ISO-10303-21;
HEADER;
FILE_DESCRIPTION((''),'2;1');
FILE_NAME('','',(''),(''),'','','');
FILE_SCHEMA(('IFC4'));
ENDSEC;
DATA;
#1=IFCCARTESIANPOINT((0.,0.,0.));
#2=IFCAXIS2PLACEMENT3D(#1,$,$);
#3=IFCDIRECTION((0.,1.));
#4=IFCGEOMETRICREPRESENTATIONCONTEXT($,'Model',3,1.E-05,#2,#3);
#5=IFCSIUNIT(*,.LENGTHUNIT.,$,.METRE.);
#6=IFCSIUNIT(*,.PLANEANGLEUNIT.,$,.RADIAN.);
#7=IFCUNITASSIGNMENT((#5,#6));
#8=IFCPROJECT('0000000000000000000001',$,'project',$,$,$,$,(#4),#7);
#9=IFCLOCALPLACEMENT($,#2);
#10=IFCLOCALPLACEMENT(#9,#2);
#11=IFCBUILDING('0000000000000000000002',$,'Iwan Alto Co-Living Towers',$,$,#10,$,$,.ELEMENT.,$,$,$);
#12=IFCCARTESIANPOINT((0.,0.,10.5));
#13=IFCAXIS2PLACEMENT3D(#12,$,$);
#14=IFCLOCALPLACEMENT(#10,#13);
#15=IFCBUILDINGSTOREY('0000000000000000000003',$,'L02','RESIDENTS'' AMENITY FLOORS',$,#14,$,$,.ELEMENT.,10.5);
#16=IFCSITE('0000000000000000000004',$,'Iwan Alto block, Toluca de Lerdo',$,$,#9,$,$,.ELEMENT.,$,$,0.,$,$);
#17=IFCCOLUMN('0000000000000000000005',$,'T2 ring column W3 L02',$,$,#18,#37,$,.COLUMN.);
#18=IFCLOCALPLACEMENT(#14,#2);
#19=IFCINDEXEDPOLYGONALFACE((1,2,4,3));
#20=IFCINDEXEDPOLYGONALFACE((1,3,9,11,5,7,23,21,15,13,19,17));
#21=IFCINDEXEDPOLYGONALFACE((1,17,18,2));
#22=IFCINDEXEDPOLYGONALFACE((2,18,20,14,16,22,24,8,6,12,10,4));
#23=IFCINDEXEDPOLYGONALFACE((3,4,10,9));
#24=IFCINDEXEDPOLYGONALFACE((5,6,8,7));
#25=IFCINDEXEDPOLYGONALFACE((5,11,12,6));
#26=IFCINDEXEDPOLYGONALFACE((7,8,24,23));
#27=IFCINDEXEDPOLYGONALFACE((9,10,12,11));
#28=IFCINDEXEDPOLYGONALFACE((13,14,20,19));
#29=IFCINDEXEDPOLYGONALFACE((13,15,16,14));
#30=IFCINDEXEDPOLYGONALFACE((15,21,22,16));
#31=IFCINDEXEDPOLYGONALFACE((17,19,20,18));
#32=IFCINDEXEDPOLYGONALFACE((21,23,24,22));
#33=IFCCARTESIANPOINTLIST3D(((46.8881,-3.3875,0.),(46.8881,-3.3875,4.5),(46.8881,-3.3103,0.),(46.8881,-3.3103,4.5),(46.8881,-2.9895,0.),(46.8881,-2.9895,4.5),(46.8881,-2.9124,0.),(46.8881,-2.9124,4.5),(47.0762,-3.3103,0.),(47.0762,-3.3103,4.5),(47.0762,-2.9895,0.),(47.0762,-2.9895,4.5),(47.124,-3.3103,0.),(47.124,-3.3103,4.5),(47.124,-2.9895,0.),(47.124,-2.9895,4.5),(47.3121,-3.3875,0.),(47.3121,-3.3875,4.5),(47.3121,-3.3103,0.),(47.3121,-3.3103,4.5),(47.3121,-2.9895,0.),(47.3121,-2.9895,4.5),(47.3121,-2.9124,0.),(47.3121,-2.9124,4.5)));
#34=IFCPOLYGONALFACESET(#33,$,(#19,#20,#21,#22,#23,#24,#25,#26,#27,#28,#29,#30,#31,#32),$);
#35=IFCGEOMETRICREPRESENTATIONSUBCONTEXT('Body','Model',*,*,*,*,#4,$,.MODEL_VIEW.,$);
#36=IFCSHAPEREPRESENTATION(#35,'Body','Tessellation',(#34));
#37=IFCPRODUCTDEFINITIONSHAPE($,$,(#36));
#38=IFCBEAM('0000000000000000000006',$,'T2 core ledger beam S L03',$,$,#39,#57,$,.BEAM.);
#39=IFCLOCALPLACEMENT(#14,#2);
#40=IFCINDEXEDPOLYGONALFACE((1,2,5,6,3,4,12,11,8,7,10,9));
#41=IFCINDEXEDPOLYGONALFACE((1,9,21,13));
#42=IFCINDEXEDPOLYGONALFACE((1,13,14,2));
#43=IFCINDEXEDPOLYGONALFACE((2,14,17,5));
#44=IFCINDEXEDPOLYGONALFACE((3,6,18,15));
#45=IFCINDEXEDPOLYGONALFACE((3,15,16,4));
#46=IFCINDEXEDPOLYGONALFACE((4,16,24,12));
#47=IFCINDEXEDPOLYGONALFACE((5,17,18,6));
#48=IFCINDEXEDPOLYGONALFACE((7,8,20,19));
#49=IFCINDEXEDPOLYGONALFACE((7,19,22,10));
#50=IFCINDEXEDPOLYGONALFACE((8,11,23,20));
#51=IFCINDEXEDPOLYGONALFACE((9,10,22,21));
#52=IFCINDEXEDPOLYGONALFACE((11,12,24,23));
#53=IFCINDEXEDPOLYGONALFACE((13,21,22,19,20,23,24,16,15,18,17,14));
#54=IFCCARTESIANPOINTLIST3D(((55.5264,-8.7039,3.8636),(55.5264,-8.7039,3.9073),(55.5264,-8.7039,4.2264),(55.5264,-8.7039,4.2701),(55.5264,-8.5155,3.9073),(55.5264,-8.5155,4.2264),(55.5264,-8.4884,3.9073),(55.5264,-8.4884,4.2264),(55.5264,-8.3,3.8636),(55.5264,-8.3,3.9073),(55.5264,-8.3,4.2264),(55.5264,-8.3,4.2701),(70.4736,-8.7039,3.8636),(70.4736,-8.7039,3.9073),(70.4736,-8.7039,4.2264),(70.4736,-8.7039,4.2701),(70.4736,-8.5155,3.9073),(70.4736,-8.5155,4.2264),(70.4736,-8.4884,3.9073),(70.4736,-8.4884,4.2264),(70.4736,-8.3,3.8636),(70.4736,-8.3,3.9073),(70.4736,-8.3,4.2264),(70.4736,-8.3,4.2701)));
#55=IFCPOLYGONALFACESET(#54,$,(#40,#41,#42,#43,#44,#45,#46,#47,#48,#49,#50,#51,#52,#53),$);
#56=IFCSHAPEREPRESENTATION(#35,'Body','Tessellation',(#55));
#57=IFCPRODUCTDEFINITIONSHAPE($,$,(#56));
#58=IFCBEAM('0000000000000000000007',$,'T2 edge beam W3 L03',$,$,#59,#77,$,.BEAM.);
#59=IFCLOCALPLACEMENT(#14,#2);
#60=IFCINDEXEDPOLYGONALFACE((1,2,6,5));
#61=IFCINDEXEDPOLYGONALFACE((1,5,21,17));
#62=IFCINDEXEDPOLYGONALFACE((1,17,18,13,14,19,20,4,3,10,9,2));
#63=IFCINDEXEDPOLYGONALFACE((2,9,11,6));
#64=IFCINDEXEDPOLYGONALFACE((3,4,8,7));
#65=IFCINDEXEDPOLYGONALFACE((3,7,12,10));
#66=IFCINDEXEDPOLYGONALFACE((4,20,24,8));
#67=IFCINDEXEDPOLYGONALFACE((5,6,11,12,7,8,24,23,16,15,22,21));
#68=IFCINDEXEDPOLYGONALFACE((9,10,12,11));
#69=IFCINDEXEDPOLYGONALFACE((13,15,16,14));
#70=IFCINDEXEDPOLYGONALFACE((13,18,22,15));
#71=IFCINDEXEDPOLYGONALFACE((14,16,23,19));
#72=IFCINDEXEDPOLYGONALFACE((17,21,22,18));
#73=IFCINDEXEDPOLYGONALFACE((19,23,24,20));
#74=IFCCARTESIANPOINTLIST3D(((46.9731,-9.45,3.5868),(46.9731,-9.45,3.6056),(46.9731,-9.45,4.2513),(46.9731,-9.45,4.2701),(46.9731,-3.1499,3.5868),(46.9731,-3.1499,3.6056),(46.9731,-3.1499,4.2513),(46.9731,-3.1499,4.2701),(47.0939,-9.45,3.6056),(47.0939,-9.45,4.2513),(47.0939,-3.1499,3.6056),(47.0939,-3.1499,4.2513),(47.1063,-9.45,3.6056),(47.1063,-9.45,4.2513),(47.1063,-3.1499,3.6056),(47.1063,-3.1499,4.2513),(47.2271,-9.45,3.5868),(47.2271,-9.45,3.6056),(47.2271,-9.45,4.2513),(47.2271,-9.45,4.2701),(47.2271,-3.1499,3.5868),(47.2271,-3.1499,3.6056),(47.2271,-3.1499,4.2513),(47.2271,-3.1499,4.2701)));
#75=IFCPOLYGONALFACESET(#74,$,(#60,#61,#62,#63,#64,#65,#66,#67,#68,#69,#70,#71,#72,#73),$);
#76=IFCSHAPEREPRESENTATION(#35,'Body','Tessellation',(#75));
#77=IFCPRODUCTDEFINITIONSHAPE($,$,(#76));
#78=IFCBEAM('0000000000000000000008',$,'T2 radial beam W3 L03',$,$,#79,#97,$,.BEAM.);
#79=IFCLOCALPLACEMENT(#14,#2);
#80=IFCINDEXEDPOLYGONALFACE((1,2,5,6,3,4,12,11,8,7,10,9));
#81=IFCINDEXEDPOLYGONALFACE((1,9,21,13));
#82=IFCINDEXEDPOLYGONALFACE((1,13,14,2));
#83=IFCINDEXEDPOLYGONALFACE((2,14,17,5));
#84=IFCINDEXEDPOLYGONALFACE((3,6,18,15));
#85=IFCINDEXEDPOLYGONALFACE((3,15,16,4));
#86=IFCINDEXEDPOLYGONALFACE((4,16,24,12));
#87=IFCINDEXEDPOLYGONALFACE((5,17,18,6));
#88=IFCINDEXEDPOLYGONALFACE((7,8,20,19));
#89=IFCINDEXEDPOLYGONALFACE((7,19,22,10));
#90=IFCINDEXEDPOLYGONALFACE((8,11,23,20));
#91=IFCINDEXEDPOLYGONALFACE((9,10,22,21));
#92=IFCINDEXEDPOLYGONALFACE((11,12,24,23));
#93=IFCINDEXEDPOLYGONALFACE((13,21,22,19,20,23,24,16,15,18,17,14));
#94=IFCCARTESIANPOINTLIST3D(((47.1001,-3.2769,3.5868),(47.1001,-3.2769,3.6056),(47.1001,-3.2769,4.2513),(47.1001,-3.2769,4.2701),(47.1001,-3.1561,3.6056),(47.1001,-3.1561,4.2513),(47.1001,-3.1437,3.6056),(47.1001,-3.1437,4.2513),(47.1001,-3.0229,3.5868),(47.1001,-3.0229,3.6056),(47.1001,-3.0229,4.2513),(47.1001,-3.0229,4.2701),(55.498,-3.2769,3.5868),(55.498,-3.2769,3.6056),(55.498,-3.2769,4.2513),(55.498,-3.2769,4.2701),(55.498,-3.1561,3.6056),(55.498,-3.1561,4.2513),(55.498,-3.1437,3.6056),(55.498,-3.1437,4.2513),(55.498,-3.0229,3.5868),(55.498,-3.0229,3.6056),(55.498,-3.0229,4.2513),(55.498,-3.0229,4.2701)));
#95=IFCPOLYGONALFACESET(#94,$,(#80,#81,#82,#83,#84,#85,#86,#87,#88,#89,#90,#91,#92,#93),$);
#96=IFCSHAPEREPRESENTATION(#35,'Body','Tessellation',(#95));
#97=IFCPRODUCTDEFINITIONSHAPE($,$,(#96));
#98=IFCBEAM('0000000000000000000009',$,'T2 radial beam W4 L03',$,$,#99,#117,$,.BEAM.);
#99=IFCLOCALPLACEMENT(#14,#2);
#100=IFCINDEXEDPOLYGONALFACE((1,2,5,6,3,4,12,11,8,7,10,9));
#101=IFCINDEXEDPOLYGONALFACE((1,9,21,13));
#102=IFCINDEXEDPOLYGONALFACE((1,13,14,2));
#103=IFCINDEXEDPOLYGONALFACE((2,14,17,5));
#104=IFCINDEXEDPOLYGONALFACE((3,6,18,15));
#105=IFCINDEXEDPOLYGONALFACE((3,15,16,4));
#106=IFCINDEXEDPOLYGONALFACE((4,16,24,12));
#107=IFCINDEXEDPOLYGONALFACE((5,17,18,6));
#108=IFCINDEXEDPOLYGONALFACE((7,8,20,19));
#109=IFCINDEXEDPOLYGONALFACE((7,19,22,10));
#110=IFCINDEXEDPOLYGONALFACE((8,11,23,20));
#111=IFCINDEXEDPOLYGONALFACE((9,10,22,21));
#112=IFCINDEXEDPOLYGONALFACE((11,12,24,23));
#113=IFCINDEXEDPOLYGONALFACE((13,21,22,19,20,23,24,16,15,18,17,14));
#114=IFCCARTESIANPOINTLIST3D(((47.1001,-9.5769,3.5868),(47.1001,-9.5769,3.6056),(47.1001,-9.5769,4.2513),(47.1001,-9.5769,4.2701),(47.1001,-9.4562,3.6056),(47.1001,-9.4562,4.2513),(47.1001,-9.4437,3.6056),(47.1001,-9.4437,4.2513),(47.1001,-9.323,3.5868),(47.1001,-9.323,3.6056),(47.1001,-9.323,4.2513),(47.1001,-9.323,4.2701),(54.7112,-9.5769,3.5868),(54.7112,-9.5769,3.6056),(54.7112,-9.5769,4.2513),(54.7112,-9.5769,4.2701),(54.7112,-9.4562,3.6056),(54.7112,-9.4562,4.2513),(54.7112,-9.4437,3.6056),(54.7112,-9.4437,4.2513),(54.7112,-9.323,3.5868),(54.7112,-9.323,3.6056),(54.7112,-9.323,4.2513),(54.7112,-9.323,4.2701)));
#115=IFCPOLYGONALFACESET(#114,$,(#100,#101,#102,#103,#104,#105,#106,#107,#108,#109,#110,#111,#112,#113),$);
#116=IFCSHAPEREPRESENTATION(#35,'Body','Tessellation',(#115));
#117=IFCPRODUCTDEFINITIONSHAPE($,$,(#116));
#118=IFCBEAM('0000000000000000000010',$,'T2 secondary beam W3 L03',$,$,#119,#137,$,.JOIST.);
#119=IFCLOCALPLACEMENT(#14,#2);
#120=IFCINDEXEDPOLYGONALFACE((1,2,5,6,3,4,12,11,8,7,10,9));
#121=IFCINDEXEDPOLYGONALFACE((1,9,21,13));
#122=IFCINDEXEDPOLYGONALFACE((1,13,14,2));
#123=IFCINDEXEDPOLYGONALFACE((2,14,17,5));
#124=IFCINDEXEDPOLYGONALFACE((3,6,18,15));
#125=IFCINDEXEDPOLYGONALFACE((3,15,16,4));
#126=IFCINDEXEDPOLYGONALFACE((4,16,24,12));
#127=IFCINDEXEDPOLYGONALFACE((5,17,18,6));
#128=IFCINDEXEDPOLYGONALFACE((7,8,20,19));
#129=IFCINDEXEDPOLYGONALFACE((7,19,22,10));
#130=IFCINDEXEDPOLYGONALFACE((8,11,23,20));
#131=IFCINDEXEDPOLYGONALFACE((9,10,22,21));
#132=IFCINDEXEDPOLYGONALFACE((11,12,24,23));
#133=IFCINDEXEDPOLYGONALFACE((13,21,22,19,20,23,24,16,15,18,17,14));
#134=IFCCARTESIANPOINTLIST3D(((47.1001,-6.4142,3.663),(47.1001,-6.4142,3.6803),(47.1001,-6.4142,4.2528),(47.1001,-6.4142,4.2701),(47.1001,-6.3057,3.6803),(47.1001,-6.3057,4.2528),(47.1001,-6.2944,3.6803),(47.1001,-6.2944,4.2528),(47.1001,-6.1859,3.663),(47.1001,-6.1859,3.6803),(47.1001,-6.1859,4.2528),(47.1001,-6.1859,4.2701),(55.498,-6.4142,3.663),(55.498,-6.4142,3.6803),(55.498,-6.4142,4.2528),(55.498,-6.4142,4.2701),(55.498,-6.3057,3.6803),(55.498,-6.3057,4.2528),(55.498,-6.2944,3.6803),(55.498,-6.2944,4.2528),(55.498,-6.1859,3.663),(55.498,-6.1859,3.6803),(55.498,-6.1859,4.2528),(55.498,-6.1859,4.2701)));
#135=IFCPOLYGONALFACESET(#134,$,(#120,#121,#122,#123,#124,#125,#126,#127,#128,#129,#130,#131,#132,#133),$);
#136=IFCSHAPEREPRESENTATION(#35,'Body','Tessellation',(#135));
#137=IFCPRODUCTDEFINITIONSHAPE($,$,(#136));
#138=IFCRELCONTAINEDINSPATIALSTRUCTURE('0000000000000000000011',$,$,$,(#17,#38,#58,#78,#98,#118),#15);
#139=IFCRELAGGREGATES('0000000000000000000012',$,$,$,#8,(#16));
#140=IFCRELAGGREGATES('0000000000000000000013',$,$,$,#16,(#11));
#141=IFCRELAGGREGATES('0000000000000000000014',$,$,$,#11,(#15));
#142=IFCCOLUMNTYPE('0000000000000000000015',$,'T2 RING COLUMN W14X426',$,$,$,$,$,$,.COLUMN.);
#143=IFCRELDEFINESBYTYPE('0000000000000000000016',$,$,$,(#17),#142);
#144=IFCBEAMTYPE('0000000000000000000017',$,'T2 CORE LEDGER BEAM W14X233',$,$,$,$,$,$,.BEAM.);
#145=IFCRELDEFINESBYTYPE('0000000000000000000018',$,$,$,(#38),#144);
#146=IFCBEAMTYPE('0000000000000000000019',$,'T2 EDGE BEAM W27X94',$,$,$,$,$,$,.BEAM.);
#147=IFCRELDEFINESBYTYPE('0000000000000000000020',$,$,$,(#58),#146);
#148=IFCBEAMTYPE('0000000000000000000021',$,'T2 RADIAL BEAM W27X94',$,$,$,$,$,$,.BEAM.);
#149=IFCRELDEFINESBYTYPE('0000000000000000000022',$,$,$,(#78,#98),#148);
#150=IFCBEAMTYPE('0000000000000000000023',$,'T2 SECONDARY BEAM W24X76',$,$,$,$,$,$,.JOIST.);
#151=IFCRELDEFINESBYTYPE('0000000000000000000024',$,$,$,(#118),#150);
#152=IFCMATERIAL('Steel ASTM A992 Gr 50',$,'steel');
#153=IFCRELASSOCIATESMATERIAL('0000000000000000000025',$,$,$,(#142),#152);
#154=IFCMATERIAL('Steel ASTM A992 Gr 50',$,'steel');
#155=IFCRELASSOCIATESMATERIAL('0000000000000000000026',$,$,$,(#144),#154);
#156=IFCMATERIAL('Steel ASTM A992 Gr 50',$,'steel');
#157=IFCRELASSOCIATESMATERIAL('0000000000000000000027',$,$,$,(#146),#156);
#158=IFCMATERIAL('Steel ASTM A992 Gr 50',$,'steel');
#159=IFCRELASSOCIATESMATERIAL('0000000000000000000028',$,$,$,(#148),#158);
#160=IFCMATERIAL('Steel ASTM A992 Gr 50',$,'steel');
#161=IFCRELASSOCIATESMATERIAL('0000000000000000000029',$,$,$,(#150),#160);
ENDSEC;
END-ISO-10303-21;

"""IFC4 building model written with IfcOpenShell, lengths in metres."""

from ifc_helpers import new_model, si_unit, direction, frame, origin, origin_2d, place, context, subcontext, project, spatial, i_section, extrude, material, material_profile, profile_set, type_object, element, save


model = new_model("IFC4")

# Units and contexts
model_context = context("Model", 3, precision=1e-05, world=origin(), true_north=direction((0.0, 1.0)))
body_context = subcontext(model_context, "Body", "Model", "MODEL_VIEW")
ifc_project = project(units=[si_unit("LENGTHUNIT", "METRE"), si_unit("PLANEANGLEUNIT", "RADIAN")], contexts=[model_context])

# Site, building, storey
site_placement = place(None, origin())
site = spatial("IfcSite", under=ifc_project, at=site_placement, Name="Iwan Alto block, Toluca de Lerdo", CompositionType="ELEMENT", RefElevation=0.0)
building_placement = place(site_placement, origin())
building = spatial("IfcBuilding", under=site, at=building_placement, Name="Iwan Alto Co-Living Towers", CompositionType="ELEMENT")
storey_placement = place(building_placement, frame((0.0, 0.0, 10.5)))
storey = spatial("IfcBuildingStorey", under=building, at=storey_placement, Name="L02", Description="RESIDENTS' AMENITY FLOORS", CompositionType="ELEMENT", Elevation=10.5)

# Column
ifc_material_1 = material(Name="Steel ASTM A992 Gr 50", Category="steel")
ifc_material_profile_1 = material_profile(ifc_material_1, i_section(OverallWidth=0.4241, OverallDepth=0.4751, WebThickness=0.0479, FlangeThickness=0.0771, at=origin_2d()), Name="W14X426")
ifc_profile_set_1 = profile_set([ifc_material_profile_1], Name="Steel ASTM A992 Gr 50")
column_type = type_object("IfcColumnType", Name="T2 RING COLUMN W14X426", PredefinedType="COLUMN", material=ifc_profile_set_1)
column_placement = place(storey_placement, frame((47.1001, -3.1499, 0.0), z_axis=(0.0, 0.0, 1.0), x_axis=(1.0, 0.0, 0.0)))
element("IfcColumn", 1, at=column_placement, inside=storey, type_object=column_type, Name="T2 ring column W3 L02", PredefinedType="COLUMN", context=body_context, shape_type="SweptSolid", body=[
    extrude(i_section(OverallWidth=0.4241, OverallDepth=0.4751, WebThickness=0.0479, FlangeThickness=0.0771, at=origin_2d()), origin(), (0.0, 0.0, 1.0), 4.5),
])

# Beams
ifc_material_2 = material(Name="Steel ASTM A992 Gr 50", Category="steel")
ifc_material_profile_2 = material_profile(ifc_material_2, i_section(OverallWidth=0.4038, OverallDepth=0.4065, WebThickness=0.0271, FlangeThickness=0.0437, at=origin_2d()), Name="W14X233")
ifc_profile_set_2 = profile_set([ifc_material_profile_2], Name="Steel ASTM A992 Gr 50")
beam_type_1 = type_object("IfcBeamType", Name="T2 CORE LEDGER BEAM W14X233", PredefinedType="BEAM", material=ifc_profile_set_2)
beam_1_placement = place(storey_placement, frame((55.5264, -8.502, 4.0669), z_axis=(1.0, 0.0, 0.0), x_axis=(0.0, 1.0, 0.0)))
element("IfcBeam", 2, at=beam_1_placement, inside=storey, type_object=beam_type_1, Name="T2 core ledger beam S L03", PredefinedType="BEAM", context=body_context, shape_type="SweptSolid", body=[
    extrude(i_section(OverallWidth=0.4038, OverallDepth=0.4065, WebThickness=0.0271, FlangeThickness=0.0437, at=origin_2d()), origin(), (0.0, 0.0, 1.0), 14.9473),
])
ifc_material_3 = material(Name="Steel ASTM A992 Gr 50", Category="steel")
ifc_material_profile_3 = material_profile(ifc_material_3, i_section(OverallWidth=0.2539, OverallDepth=0.6833, WebThickness=0.0125, FlangeThickness=0.0188, at=origin_2d()), Name="W27X94")
ifc_profile_set_3 = profile_set([ifc_material_profile_3], Name="Steel ASTM A992 Gr 50")
beam_type_2 = type_object("IfcBeamType", Name="T2 EDGE BEAM W27X94", PredefinedType="BEAM", material=ifc_profile_set_3)
beam_2_placement = place(storey_placement, frame((47.1001, -3.1499, 3.9285), z_axis=(0.0, -1.0, 0.0), x_axis=(1.0, 0.0, 0.0)))
element("IfcBeam", 3, at=beam_2_placement, inside=storey, type_object=beam_type_2, Name="T2 edge beam W3 L03", PredefinedType="BEAM", context=body_context, shape_type="SweptSolid", body=[
    extrude(i_section(OverallWidth=0.2539, OverallDepth=0.6833, WebThickness=0.0125, FlangeThickness=0.0188, at=origin_2d()), origin(), (0.0, 0.0, 1.0), 6.3),
])
ifc_material_4 = material(Name="Steel ASTM A992 Gr 50", Category="steel")
ifc_material_profile_4 = material_profile(ifc_material_4, i_section(OverallWidth=0.2539, OverallDepth=0.6833, WebThickness=0.0125, FlangeThickness=0.0188, at=origin_2d()), Name="W27X94")
ifc_profile_set_4 = profile_set([ifc_material_profile_4], Name="Steel ASTM A992 Gr 50")
beam_type_3 = type_object("IfcBeamType", Name="T2 RADIAL BEAM W27X94", PredefinedType="BEAM", material=ifc_profile_set_4)
beam_3_placement = place(storey_placement, frame((47.1001, -3.1499, 3.9285), z_axis=(1.0, 0.0, 0.0), x_axis=(0.0, 1.0, 0.0)))
element("IfcBeam", 4, at=beam_3_placement, inside=storey, type_object=beam_type_3, Name="T2 radial beam W3 L03", PredefinedType="BEAM", context=body_context, shape_type="SweptSolid", body=[
    extrude(i_section(OverallWidth=0.2539, OverallDepth=0.6833, WebThickness=0.0125, FlangeThickness=0.0188, at=origin_2d()), origin(), (0.0, 0.0, 1.0), 8.3979),
])
beam_4_placement = place(storey_placement, frame((47.1001, -9.45, 3.9285), z_axis=(1.0, 0.0, 0.0), x_axis=(0.0, 1.0, 0.0)))
element("IfcBeam", 5, at=beam_4_placement, inside=storey, type_object=beam_type_3, Name="T2 radial beam W4 L03", PredefinedType="BEAM", context=body_context, shape_type="SweptSolid", body=[
    extrude(i_section(OverallWidth=0.2539, OverallDepth=0.6833, WebThickness=0.0125, FlangeThickness=0.0188, at=origin_2d()), origin(), (0.0, 0.0, 1.0), 7.6111),
])
ifc_material_5 = material(Name="Steel ASTM A992 Gr 50", Category="steel")
ifc_material_profile_5 = material_profile(ifc_material_5, i_section(OverallWidth=0.2283, OverallDepth=0.6072, WebThickness=0.0112, FlangeThickness=0.0173, at=origin_2d()), Name="W24X76")
ifc_profile_set_5 = profile_set([ifc_material_profile_5], Name="Steel ASTM A992 Gr 50")
beam_type_4 = type_object("IfcBeamType", Name="T2 SECONDARY BEAM W24X76", PredefinedType="JOIST", material=ifc_profile_set_5)
beam_5_placement = place(storey_placement, frame((47.1001, -6.3, 3.9666), z_axis=(1.0, 0.0, 0.0), x_axis=(0.0, 1.0, 0.0)))
element("IfcBeam", 6, at=beam_5_placement, inside=storey, type_object=beam_type_4, Name="T2 secondary beam W3 L03", PredefinedType="JOIST", context=body_context, shape_type="SweptSolid", body=[
    extrude(i_section(OverallWidth=0.2283, OverallDepth=0.6072, WebThickness=0.0112, FlangeThickness=0.0173, at=origin_2d()), origin(), (0.0, 0.0, 1.0), 8.3979),
])

save(model, "model.ifc")
